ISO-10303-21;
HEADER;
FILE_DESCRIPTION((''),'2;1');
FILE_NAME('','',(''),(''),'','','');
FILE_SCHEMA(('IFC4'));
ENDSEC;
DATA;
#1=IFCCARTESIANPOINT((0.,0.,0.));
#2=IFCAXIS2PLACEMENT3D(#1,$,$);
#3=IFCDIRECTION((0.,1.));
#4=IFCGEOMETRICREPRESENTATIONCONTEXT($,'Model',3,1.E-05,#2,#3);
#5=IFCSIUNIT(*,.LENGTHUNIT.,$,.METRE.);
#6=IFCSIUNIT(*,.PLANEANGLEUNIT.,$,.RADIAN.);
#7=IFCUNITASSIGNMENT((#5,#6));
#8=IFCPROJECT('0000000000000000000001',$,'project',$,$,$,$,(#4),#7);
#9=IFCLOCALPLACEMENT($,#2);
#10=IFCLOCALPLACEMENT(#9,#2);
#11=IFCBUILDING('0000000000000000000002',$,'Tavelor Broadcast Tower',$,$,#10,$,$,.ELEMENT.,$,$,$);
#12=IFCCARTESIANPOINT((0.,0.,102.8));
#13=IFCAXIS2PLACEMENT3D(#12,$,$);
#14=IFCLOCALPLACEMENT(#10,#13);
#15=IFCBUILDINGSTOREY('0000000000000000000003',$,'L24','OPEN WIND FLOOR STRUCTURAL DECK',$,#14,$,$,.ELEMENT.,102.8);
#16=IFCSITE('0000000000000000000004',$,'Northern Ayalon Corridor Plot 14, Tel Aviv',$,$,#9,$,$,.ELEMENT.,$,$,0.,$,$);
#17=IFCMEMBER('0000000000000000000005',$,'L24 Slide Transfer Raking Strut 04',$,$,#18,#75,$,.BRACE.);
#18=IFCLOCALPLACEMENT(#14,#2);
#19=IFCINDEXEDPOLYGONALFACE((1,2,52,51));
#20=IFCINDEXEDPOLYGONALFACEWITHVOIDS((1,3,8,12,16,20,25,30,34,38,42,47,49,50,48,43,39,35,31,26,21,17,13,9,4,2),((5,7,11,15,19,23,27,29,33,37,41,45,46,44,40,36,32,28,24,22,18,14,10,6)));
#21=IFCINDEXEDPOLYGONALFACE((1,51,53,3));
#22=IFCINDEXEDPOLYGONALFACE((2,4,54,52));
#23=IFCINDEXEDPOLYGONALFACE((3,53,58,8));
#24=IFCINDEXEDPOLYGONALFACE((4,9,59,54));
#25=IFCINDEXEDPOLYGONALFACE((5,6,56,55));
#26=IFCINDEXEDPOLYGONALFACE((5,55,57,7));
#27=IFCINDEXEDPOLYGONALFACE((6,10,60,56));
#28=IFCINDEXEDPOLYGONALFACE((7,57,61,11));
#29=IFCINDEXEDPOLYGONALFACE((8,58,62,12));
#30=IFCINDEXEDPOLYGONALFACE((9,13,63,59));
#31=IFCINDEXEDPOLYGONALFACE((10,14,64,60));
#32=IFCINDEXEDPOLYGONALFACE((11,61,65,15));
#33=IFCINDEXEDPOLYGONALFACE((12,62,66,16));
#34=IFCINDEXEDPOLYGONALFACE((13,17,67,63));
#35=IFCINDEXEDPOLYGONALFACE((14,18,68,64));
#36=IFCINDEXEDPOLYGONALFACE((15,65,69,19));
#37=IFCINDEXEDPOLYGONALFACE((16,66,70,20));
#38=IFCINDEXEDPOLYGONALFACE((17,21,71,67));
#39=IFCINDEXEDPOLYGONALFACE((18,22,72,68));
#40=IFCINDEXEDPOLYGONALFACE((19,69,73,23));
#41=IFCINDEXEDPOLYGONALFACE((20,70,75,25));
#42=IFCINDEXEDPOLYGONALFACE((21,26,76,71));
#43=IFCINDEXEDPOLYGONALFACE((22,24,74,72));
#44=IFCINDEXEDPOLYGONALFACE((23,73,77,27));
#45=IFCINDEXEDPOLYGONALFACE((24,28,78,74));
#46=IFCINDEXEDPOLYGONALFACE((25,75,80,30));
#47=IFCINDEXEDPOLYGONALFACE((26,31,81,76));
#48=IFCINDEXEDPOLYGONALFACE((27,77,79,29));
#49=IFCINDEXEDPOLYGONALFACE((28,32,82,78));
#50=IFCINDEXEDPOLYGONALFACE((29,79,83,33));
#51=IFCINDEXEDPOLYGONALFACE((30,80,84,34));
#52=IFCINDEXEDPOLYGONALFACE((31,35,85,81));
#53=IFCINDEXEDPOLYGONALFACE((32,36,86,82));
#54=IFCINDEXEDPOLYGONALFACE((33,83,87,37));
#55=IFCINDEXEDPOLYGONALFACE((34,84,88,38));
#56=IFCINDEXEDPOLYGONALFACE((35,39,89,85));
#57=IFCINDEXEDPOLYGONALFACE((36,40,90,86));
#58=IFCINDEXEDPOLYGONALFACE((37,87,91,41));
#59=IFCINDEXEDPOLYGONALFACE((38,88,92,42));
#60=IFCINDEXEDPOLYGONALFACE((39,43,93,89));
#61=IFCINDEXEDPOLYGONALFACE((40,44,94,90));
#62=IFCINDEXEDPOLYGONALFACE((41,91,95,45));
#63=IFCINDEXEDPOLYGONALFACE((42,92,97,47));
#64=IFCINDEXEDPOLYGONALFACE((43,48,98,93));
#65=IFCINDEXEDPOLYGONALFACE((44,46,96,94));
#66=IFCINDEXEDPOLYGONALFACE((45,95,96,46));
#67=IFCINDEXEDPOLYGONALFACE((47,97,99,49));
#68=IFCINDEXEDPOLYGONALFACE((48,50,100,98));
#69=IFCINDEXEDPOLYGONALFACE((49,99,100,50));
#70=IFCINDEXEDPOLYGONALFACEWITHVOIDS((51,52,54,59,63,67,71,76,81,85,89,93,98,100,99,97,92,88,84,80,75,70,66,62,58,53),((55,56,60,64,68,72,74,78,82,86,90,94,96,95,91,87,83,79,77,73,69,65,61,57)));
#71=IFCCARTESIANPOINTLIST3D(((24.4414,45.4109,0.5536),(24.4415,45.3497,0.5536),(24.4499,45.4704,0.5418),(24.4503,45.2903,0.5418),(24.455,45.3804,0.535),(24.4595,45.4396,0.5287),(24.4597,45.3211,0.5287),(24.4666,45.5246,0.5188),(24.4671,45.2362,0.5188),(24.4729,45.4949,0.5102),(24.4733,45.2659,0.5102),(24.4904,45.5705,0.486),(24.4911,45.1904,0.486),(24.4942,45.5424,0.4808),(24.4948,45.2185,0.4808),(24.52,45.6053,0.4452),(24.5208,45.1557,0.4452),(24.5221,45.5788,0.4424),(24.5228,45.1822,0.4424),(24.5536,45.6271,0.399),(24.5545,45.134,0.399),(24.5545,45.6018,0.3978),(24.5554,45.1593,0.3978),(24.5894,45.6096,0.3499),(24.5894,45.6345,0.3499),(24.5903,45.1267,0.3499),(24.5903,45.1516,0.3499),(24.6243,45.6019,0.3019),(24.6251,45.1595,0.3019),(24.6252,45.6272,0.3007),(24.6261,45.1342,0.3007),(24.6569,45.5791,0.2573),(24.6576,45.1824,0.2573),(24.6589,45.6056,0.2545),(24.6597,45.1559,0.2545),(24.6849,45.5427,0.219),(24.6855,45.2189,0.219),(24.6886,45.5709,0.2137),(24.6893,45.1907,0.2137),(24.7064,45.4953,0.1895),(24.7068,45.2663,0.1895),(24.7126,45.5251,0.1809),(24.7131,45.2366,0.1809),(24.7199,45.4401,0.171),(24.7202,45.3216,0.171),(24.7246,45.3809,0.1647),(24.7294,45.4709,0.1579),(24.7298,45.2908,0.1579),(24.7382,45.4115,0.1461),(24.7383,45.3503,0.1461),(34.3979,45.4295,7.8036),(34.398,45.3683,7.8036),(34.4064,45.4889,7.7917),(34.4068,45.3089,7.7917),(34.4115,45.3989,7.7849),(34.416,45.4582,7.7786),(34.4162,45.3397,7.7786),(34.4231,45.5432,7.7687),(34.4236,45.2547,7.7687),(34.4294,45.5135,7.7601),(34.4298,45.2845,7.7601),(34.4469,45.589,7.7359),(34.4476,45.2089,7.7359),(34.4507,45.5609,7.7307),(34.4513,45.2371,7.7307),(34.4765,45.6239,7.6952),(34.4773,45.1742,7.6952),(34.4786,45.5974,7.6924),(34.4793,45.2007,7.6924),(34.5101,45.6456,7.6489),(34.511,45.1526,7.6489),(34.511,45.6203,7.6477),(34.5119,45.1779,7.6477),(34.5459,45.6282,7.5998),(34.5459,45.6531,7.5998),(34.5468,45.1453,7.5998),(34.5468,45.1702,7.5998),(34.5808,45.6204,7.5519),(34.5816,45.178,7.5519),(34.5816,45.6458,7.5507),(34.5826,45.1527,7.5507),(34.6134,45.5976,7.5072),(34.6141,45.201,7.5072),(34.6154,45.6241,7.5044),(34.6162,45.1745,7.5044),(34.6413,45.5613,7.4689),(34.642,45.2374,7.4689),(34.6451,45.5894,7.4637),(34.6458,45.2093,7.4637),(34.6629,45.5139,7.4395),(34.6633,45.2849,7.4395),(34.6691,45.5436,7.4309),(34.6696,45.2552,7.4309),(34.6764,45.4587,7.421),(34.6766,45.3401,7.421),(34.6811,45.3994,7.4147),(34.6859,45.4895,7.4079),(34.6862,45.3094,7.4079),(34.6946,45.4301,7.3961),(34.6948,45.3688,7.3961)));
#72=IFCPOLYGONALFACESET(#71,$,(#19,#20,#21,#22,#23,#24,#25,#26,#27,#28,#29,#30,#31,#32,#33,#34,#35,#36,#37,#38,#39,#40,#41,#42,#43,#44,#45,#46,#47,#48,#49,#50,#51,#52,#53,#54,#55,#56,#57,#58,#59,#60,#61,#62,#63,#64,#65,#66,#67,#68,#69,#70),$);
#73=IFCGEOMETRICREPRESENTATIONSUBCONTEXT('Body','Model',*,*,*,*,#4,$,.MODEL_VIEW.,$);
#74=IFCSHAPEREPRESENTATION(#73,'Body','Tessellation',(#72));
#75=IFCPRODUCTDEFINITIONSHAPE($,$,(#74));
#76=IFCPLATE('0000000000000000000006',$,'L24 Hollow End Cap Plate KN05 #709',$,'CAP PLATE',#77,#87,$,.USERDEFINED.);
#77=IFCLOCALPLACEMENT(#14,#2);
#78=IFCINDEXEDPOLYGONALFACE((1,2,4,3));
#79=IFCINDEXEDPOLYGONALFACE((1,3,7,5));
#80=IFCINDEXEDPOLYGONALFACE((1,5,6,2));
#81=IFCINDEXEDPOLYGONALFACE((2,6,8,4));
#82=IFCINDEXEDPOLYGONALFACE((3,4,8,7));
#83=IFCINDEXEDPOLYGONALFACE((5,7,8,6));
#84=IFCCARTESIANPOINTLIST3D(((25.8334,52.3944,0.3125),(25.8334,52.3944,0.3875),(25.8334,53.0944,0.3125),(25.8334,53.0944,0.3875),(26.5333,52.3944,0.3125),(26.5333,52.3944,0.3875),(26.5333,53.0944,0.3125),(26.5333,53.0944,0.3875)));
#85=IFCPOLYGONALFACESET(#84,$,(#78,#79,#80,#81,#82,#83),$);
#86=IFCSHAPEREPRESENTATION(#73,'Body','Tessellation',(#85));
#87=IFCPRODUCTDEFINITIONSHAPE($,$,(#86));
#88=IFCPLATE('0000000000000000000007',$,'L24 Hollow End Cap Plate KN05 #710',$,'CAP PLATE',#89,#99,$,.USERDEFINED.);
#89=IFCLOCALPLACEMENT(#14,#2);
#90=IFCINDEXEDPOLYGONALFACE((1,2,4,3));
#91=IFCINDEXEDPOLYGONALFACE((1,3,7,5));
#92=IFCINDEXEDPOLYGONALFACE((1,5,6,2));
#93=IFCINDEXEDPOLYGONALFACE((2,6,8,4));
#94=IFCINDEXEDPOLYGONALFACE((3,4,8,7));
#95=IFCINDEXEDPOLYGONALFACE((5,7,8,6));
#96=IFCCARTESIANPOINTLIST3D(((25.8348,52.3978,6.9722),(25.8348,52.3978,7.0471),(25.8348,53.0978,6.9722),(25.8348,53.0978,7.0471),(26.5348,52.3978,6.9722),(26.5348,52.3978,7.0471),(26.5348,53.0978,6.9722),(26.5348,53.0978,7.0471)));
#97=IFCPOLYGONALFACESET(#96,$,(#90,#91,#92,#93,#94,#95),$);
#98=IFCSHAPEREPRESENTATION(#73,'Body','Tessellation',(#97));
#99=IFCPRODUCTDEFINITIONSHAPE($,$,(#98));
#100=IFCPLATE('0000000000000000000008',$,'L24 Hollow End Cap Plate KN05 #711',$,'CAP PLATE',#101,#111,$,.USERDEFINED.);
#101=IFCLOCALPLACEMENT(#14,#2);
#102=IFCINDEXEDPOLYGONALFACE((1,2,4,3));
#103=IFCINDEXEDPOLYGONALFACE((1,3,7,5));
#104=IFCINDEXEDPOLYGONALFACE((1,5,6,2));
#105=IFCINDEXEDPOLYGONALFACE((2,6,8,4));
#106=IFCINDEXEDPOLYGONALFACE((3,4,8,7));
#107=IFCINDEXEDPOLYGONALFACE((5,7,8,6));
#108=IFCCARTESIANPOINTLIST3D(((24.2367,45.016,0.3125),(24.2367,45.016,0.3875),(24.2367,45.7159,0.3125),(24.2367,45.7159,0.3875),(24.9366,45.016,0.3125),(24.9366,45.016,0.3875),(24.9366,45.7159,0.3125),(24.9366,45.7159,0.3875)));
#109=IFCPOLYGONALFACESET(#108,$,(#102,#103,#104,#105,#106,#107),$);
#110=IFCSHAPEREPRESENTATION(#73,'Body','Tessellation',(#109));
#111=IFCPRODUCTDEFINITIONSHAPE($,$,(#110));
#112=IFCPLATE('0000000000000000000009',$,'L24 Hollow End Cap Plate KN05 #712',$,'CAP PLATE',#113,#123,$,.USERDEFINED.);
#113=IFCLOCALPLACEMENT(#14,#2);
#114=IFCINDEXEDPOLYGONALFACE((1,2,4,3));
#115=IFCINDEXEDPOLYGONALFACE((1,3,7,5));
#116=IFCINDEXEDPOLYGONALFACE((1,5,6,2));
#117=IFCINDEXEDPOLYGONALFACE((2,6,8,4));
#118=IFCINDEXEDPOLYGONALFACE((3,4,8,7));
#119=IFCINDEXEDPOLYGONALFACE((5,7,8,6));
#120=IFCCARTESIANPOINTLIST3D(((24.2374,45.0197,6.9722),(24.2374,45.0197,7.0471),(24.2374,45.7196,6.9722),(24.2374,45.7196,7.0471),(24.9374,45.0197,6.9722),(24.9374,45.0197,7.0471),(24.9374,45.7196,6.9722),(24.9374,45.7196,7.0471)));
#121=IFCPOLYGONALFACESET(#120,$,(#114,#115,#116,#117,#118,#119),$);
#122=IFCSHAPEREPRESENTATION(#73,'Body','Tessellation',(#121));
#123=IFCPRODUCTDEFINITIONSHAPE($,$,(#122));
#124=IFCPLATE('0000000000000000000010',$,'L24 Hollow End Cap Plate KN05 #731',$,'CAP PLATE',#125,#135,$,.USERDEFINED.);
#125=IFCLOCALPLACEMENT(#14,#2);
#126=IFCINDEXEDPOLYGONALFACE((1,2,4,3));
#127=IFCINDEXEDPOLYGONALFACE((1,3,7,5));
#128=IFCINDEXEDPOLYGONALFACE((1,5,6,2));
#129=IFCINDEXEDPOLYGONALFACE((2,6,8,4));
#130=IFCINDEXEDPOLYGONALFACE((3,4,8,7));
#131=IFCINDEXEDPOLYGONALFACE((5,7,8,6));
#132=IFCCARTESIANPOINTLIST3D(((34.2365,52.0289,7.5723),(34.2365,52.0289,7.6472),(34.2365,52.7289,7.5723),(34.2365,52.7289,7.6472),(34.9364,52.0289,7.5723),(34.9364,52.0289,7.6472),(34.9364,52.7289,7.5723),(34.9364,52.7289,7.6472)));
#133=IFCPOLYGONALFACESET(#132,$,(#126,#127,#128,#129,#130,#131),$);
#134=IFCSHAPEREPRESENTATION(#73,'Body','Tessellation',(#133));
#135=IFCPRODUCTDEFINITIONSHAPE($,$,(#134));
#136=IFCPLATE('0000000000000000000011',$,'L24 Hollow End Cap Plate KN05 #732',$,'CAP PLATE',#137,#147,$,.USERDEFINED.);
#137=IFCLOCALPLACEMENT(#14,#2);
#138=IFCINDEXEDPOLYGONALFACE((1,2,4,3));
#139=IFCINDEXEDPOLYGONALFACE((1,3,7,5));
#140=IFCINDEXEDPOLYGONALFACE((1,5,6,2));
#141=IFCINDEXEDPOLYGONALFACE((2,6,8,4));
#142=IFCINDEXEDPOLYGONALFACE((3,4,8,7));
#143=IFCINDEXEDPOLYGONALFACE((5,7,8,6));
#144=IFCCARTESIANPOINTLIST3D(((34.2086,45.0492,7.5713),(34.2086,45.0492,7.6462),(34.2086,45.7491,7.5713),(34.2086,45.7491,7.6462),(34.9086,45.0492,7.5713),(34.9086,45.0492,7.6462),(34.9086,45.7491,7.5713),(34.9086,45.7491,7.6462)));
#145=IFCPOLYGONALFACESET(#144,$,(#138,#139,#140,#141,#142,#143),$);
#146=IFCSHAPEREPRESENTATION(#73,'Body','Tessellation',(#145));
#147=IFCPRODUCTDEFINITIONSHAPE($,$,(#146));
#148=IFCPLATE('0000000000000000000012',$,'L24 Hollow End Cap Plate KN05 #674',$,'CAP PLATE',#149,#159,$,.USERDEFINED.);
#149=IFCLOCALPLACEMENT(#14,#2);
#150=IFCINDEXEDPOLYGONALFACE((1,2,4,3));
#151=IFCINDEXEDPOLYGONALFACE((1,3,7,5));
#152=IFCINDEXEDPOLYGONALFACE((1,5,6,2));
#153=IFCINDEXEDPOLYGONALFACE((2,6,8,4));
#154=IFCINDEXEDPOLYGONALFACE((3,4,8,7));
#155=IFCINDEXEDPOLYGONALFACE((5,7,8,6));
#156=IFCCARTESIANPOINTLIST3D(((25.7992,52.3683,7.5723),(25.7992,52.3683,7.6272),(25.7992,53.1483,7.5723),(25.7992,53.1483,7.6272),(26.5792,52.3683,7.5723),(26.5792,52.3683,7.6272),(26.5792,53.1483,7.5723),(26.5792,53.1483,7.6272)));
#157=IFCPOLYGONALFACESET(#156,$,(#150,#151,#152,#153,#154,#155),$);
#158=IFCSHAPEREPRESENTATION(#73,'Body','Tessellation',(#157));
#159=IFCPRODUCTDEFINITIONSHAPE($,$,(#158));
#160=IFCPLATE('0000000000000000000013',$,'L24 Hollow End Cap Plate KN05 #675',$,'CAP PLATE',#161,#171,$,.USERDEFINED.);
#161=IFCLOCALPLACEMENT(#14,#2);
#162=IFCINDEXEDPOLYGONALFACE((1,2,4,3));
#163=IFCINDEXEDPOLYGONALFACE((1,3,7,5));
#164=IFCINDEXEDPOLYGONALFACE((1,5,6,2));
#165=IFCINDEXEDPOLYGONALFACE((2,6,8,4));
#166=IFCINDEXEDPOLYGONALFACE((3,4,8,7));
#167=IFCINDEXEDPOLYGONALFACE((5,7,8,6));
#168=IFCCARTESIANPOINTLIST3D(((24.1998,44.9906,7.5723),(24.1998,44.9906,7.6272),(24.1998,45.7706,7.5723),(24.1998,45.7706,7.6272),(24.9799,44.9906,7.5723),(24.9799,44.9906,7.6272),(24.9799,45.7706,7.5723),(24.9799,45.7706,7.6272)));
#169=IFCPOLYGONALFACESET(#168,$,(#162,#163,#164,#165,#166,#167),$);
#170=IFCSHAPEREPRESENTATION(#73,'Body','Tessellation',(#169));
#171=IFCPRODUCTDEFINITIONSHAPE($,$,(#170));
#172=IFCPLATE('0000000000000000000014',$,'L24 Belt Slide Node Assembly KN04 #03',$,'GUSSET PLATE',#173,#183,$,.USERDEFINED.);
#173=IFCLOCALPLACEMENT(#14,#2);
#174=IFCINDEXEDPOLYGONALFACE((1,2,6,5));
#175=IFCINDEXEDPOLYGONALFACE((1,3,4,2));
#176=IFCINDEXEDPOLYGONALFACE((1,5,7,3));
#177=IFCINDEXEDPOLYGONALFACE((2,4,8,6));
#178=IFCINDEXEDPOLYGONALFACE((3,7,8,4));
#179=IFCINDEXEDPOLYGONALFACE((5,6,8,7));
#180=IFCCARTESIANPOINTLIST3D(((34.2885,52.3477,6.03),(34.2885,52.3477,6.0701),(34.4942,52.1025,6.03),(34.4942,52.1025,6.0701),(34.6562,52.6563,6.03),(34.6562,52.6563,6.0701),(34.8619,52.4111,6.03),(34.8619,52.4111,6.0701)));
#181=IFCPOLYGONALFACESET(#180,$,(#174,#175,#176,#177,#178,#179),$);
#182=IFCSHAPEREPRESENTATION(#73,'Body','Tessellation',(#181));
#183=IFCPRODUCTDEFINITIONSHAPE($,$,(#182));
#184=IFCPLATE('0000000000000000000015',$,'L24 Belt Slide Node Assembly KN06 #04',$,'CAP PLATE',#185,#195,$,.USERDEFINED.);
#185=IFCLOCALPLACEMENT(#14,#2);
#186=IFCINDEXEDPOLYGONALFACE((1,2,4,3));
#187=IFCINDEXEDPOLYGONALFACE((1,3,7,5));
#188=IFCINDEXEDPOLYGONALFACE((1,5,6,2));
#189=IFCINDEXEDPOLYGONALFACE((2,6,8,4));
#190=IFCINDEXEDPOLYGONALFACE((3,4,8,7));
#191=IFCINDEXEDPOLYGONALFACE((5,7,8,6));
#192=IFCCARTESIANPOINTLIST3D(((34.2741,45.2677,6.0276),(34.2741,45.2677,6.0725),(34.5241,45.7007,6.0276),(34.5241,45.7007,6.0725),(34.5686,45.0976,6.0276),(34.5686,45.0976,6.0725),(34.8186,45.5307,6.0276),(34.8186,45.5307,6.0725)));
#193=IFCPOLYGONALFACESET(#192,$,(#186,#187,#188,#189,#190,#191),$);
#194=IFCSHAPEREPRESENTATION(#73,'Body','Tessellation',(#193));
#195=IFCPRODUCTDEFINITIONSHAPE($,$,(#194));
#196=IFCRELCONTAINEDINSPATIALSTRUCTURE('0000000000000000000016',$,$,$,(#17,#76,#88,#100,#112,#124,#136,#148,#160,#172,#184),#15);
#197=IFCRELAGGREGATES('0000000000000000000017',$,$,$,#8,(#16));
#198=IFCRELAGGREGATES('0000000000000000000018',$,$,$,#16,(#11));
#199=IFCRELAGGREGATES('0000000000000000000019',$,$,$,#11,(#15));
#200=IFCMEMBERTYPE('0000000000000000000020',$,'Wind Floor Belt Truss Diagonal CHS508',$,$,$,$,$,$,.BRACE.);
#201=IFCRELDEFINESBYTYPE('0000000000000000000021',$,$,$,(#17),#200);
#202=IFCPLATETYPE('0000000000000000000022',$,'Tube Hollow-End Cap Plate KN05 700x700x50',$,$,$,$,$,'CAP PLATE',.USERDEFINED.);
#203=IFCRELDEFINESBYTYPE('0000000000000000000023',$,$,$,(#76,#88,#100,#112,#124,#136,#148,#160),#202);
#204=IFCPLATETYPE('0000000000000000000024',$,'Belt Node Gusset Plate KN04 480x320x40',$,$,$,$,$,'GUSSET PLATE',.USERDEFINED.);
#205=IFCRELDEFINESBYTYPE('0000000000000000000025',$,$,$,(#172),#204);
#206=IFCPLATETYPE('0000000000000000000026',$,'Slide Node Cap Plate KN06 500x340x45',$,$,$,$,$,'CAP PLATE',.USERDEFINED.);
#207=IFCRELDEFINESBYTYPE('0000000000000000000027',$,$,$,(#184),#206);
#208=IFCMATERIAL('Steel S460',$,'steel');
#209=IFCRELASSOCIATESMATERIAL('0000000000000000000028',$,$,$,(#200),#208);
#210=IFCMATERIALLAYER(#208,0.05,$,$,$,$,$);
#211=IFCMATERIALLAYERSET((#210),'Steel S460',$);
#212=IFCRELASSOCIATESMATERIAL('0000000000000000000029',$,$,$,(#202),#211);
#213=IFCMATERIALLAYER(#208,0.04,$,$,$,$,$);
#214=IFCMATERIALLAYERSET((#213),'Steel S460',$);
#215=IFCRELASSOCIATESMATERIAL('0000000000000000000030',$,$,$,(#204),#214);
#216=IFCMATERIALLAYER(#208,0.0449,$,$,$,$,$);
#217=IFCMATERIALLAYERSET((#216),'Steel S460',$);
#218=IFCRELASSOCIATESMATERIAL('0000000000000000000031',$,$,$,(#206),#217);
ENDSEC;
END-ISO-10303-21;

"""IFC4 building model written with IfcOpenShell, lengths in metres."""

from ifc_helpers import new_model, si_unit, direction, frame, origin, origin_2d, place, context, subcontext, project, spatial, rectangle, hollow_circle, extrude, source, transform, mapped, material, layer, layer_set, material_profile, profile_set, type_object, type_shapes, element, save


model = new_model("IFC4")

# Units and contexts
model_context = context("Model", 3, precision=1e-05, world=origin(), true_north=direction((0.0, 1.0)))
body_context = subcontext(model_context, "Body", "Model", "MODEL_VIEW")
ifc_project = project(units=[si_unit("LENGTHUNIT", "METRE"), si_unit("PLANEANGLEUNIT", "RADIAN")], contexts=[model_context])

# Site, building, storey
site_placement = place(None, origin())
site = spatial("IfcSite", under=ifc_project, at=site_placement, Name="Northern Ayalon Corridor Plot 14, Tel Aviv", CompositionType="ELEMENT", RefElevation=0.0)
building_placement = place(site_placement, origin())
building = spatial("IfcBuilding", under=site, at=building_placement, Name="Tavelor Broadcast Tower", CompositionType="ELEMENT")
storey_placement = place(building_placement, frame((0.0, 0.0, 102.8)))
storey = spatial("IfcBuildingStorey", under=building, at=storey_placement, Name="L24", Description="OPEN WIND FLOOR STRUCTURAL DECK", CompositionType="ELEMENT", Elevation=102.8)

# Shared definitions
ifc_material_1 = material(Name="Steel S460", Category="steel")

# Member
ifc_material_profile_1 = material_profile(ifc_material_1, hollow_circle(Radius=0.2539, WallThickness=0.0249, at=origin_2d()), Name="CHS 508x25")
ifc_profile_set_1 = profile_set([ifc_material_profile_1], Name="Steel S460")
member_type_1 = type_object("IfcMemberType", Name="Wind Floor Belt Truss Diagonal CHS508", PredefinedType="BRACE", material=ifc_profile_set_1)
member_1_placement = place(storey_placement, frame((24.5898, 45.3806, 0.3499), z_axis=(0.808392, 0.001506, 0.588642), x_axis=(-0.001864, 0.999998, 0.0)))
element("IfcMember", 1, at=member_1_placement, inside=storey, type_object=member_type_1, Name="L24 Slide Transfer Raking Strut 04", PredefinedType="BRACE", context=body_context, shape_type="SweptSolid", body=[
    extrude(hollow_circle(Radius=0.2539, WallThickness=0.0249, at=origin_2d()), origin(), (0.0, 0.0, 1.0), 12.3164),
])

# Plates
ifc_layer_1 = layer(ifc_material_1, 0.05)
ifc_layer_set_1 = layer_set([ifc_layer_1], Name="Steel S460")
plate_type_1 = type_object("IfcPlateType", Name="Tube Hollow-End Cap Plate KN05 700x700x50", ElementType="CAP PLATE", PredefinedType="USERDEFINED", material=ifc_layer_set_1)
shared_shape_1 = source(origin(), body_context, "Body", "SweptSolid", [
    extrude(rectangle(XDim=0.7, YDim=0.7, at=origin_2d()), origin(), (0.0, 0.0, 1.0), 0.075),
])
for number, where, z_axis, x_axis, name in (
    (2, (26.1833, 52.7444, 0.3125), (0.0, 0.0, 1.0), (1.0, 0.0, 0.0), "L24 Hollow End Cap Plate KN05 #709"),
    (3, (26.1848, 52.7478, 6.9722), (0.0, 0.0, 1.0), (1.0, 0.0, 0.0), "L24 Hollow End Cap Plate KN05 #710"),
    (4, (24.5867, 45.366, 0.3125), (0.0, 0.0, 1.0), (1.0, 0.0, 0.0), "L24 Hollow End Cap Plate KN05 #711"),
    (5, (24.5874, 45.3696, 6.9722), (0.0, 0.0, 1.0), (1.0, 0.0, 0.0), "L24 Hollow End Cap Plate KN05 #712"),
    (6, (34.5864, 52.3789, 7.5723), (0.0, 0.0, 1.0), (1.0, 0.0, 0.0), "L24 Hollow End Cap Plate KN05 #731"),
    (7, (34.5586, 45.3992, 7.5713), (0.0, 0.0, 1.0), (1.0, 0.0, 0.0), "L24 Hollow End Cap Plate KN05 #732"),
):
    element("IfcPlate", number, at=place(storey_placement, frame(where, z_axis=z_axis, x_axis=x_axis)), inside=storey, type_object=plate_type_1, Name=name, ObjectType="CAP PLATE", PredefinedType="USERDEFINED", context=body_context, shape_type="MappedRepresentation", body=[
        mapped(shared_shape_1, transform((0.0, 0.0, 0.0), scale=1.0)),
    ])
shared_shape_2 = source(origin(), body_context, "Body", "SweptSolid", [
    extrude(rectangle(XDim=0.78, YDim=0.78, at=origin_2d()), origin(), (0.0, 0.0, 1.0), 0.0549),
])
type_shapes(plate_type_1, [shared_shape_1, shared_shape_2])
for number, where, z_axis, x_axis, name in (
    (8, (26.1892, 52.7583, 7.5723), (0.0, 0.0, 1.0), (1.0, 0.0, 0.0), "L24 Hollow End Cap Plate KN05 #674"),
    (9, (24.5898, 45.3806, 7.5723), (0.0, 0.0, 1.0), (1.0, 0.0, 0.0), "L24 Hollow End Cap Plate KN05 #675"),
):
    element("IfcPlate", number, at=place(storey_placement, frame(where, z_axis=z_axis, x_axis=x_axis)), inside=storey, type_object=plate_type_1, Name=name, ObjectType="CAP PLATE", PredefinedType="USERDEFINED", context=body_context, shape_type="MappedRepresentation", body=[
        mapped(shared_shape_2, transform((0.0, 0.0, 0.0), scale=1.0)),
    ])
ifc_layer_2 = layer(ifc_material_1, 0.04)
ifc_layer_set_2 = layer_set([ifc_layer_2], Name="Steel S460")
plate_type_2 = type_object("IfcPlateType", Name="Belt Node Gusset Plate KN04 480x320x40", ElementType="GUSSET PLATE", PredefinedType="USERDEFINED", material=ifc_layer_set_2)
shared_shape_3 = source(origin(), body_context, "Body", "SweptSolid", [
    extrude(rectangle(XDim=0.48, YDim=0.3201, at=origin_2d()), origin(), (0.0, 0.0, 1.0), 0.04),
])
type_shapes(plate_type_2, [shared_shape_3])
plate_1_placement = place(storey_placement, frame((34.5752, 52.3794, 6.03), z_axis=(0.0, 0.0, 1.0), x_axis=(0.766044, 0.642788, 0.0)))
element("IfcPlate", 10, at=plate_1_placement, inside=storey, type_object=plate_type_2, Name="L24 Belt Slide Node Assembly KN04 #03", ObjectType="GUSSET PLATE", PredefinedType="USERDEFINED", context=body_context, shape_type="MappedRepresentation", body=[
    mapped(shared_shape_3, transform((0.0, 0.0, 0.0), scale=1.0)),
])
ifc_layer_3 = layer(ifc_material_1, 0.0449)
ifc_layer_set_3 = layer_set([ifc_layer_3], Name="Steel S460")
plate_type_3 = type_object("IfcPlateType", Name="Slide Node Cap Plate KN06 500x340x45", ElementType="CAP PLATE", PredefinedType="USERDEFINED", material=ifc_layer_set_3)
shared_shape_4 = source(origin(), body_context, "Body", "SweptSolid", [
    extrude(rectangle(XDim=0.5, YDim=0.3401, at=origin_2d()), origin(), (0.0, 0.0, 1.0), 0.0449),
])
type_shapes(plate_type_3, [shared_shape_4])
plate_2_placement = place(storey_placement, frame((34.5464, 45.3992, 6.0276), z_axis=(0.0, 0.0, 1.0), x_axis=(0.5, 0.866025, 0.0)))
element("IfcPlate", 11, at=plate_2_placement, inside=storey, type_object=plate_type_3, Name="L24 Belt Slide Node Assembly KN06 #04", ObjectType="CAP PLATE", PredefinedType="USERDEFINED", context=body_context, shape_type="MappedRepresentation", body=[
    mapped(shared_shape_4, transform((0.0, 0.0, 0.0), scale=1.0)),
])

save(model, "model.ifc")
